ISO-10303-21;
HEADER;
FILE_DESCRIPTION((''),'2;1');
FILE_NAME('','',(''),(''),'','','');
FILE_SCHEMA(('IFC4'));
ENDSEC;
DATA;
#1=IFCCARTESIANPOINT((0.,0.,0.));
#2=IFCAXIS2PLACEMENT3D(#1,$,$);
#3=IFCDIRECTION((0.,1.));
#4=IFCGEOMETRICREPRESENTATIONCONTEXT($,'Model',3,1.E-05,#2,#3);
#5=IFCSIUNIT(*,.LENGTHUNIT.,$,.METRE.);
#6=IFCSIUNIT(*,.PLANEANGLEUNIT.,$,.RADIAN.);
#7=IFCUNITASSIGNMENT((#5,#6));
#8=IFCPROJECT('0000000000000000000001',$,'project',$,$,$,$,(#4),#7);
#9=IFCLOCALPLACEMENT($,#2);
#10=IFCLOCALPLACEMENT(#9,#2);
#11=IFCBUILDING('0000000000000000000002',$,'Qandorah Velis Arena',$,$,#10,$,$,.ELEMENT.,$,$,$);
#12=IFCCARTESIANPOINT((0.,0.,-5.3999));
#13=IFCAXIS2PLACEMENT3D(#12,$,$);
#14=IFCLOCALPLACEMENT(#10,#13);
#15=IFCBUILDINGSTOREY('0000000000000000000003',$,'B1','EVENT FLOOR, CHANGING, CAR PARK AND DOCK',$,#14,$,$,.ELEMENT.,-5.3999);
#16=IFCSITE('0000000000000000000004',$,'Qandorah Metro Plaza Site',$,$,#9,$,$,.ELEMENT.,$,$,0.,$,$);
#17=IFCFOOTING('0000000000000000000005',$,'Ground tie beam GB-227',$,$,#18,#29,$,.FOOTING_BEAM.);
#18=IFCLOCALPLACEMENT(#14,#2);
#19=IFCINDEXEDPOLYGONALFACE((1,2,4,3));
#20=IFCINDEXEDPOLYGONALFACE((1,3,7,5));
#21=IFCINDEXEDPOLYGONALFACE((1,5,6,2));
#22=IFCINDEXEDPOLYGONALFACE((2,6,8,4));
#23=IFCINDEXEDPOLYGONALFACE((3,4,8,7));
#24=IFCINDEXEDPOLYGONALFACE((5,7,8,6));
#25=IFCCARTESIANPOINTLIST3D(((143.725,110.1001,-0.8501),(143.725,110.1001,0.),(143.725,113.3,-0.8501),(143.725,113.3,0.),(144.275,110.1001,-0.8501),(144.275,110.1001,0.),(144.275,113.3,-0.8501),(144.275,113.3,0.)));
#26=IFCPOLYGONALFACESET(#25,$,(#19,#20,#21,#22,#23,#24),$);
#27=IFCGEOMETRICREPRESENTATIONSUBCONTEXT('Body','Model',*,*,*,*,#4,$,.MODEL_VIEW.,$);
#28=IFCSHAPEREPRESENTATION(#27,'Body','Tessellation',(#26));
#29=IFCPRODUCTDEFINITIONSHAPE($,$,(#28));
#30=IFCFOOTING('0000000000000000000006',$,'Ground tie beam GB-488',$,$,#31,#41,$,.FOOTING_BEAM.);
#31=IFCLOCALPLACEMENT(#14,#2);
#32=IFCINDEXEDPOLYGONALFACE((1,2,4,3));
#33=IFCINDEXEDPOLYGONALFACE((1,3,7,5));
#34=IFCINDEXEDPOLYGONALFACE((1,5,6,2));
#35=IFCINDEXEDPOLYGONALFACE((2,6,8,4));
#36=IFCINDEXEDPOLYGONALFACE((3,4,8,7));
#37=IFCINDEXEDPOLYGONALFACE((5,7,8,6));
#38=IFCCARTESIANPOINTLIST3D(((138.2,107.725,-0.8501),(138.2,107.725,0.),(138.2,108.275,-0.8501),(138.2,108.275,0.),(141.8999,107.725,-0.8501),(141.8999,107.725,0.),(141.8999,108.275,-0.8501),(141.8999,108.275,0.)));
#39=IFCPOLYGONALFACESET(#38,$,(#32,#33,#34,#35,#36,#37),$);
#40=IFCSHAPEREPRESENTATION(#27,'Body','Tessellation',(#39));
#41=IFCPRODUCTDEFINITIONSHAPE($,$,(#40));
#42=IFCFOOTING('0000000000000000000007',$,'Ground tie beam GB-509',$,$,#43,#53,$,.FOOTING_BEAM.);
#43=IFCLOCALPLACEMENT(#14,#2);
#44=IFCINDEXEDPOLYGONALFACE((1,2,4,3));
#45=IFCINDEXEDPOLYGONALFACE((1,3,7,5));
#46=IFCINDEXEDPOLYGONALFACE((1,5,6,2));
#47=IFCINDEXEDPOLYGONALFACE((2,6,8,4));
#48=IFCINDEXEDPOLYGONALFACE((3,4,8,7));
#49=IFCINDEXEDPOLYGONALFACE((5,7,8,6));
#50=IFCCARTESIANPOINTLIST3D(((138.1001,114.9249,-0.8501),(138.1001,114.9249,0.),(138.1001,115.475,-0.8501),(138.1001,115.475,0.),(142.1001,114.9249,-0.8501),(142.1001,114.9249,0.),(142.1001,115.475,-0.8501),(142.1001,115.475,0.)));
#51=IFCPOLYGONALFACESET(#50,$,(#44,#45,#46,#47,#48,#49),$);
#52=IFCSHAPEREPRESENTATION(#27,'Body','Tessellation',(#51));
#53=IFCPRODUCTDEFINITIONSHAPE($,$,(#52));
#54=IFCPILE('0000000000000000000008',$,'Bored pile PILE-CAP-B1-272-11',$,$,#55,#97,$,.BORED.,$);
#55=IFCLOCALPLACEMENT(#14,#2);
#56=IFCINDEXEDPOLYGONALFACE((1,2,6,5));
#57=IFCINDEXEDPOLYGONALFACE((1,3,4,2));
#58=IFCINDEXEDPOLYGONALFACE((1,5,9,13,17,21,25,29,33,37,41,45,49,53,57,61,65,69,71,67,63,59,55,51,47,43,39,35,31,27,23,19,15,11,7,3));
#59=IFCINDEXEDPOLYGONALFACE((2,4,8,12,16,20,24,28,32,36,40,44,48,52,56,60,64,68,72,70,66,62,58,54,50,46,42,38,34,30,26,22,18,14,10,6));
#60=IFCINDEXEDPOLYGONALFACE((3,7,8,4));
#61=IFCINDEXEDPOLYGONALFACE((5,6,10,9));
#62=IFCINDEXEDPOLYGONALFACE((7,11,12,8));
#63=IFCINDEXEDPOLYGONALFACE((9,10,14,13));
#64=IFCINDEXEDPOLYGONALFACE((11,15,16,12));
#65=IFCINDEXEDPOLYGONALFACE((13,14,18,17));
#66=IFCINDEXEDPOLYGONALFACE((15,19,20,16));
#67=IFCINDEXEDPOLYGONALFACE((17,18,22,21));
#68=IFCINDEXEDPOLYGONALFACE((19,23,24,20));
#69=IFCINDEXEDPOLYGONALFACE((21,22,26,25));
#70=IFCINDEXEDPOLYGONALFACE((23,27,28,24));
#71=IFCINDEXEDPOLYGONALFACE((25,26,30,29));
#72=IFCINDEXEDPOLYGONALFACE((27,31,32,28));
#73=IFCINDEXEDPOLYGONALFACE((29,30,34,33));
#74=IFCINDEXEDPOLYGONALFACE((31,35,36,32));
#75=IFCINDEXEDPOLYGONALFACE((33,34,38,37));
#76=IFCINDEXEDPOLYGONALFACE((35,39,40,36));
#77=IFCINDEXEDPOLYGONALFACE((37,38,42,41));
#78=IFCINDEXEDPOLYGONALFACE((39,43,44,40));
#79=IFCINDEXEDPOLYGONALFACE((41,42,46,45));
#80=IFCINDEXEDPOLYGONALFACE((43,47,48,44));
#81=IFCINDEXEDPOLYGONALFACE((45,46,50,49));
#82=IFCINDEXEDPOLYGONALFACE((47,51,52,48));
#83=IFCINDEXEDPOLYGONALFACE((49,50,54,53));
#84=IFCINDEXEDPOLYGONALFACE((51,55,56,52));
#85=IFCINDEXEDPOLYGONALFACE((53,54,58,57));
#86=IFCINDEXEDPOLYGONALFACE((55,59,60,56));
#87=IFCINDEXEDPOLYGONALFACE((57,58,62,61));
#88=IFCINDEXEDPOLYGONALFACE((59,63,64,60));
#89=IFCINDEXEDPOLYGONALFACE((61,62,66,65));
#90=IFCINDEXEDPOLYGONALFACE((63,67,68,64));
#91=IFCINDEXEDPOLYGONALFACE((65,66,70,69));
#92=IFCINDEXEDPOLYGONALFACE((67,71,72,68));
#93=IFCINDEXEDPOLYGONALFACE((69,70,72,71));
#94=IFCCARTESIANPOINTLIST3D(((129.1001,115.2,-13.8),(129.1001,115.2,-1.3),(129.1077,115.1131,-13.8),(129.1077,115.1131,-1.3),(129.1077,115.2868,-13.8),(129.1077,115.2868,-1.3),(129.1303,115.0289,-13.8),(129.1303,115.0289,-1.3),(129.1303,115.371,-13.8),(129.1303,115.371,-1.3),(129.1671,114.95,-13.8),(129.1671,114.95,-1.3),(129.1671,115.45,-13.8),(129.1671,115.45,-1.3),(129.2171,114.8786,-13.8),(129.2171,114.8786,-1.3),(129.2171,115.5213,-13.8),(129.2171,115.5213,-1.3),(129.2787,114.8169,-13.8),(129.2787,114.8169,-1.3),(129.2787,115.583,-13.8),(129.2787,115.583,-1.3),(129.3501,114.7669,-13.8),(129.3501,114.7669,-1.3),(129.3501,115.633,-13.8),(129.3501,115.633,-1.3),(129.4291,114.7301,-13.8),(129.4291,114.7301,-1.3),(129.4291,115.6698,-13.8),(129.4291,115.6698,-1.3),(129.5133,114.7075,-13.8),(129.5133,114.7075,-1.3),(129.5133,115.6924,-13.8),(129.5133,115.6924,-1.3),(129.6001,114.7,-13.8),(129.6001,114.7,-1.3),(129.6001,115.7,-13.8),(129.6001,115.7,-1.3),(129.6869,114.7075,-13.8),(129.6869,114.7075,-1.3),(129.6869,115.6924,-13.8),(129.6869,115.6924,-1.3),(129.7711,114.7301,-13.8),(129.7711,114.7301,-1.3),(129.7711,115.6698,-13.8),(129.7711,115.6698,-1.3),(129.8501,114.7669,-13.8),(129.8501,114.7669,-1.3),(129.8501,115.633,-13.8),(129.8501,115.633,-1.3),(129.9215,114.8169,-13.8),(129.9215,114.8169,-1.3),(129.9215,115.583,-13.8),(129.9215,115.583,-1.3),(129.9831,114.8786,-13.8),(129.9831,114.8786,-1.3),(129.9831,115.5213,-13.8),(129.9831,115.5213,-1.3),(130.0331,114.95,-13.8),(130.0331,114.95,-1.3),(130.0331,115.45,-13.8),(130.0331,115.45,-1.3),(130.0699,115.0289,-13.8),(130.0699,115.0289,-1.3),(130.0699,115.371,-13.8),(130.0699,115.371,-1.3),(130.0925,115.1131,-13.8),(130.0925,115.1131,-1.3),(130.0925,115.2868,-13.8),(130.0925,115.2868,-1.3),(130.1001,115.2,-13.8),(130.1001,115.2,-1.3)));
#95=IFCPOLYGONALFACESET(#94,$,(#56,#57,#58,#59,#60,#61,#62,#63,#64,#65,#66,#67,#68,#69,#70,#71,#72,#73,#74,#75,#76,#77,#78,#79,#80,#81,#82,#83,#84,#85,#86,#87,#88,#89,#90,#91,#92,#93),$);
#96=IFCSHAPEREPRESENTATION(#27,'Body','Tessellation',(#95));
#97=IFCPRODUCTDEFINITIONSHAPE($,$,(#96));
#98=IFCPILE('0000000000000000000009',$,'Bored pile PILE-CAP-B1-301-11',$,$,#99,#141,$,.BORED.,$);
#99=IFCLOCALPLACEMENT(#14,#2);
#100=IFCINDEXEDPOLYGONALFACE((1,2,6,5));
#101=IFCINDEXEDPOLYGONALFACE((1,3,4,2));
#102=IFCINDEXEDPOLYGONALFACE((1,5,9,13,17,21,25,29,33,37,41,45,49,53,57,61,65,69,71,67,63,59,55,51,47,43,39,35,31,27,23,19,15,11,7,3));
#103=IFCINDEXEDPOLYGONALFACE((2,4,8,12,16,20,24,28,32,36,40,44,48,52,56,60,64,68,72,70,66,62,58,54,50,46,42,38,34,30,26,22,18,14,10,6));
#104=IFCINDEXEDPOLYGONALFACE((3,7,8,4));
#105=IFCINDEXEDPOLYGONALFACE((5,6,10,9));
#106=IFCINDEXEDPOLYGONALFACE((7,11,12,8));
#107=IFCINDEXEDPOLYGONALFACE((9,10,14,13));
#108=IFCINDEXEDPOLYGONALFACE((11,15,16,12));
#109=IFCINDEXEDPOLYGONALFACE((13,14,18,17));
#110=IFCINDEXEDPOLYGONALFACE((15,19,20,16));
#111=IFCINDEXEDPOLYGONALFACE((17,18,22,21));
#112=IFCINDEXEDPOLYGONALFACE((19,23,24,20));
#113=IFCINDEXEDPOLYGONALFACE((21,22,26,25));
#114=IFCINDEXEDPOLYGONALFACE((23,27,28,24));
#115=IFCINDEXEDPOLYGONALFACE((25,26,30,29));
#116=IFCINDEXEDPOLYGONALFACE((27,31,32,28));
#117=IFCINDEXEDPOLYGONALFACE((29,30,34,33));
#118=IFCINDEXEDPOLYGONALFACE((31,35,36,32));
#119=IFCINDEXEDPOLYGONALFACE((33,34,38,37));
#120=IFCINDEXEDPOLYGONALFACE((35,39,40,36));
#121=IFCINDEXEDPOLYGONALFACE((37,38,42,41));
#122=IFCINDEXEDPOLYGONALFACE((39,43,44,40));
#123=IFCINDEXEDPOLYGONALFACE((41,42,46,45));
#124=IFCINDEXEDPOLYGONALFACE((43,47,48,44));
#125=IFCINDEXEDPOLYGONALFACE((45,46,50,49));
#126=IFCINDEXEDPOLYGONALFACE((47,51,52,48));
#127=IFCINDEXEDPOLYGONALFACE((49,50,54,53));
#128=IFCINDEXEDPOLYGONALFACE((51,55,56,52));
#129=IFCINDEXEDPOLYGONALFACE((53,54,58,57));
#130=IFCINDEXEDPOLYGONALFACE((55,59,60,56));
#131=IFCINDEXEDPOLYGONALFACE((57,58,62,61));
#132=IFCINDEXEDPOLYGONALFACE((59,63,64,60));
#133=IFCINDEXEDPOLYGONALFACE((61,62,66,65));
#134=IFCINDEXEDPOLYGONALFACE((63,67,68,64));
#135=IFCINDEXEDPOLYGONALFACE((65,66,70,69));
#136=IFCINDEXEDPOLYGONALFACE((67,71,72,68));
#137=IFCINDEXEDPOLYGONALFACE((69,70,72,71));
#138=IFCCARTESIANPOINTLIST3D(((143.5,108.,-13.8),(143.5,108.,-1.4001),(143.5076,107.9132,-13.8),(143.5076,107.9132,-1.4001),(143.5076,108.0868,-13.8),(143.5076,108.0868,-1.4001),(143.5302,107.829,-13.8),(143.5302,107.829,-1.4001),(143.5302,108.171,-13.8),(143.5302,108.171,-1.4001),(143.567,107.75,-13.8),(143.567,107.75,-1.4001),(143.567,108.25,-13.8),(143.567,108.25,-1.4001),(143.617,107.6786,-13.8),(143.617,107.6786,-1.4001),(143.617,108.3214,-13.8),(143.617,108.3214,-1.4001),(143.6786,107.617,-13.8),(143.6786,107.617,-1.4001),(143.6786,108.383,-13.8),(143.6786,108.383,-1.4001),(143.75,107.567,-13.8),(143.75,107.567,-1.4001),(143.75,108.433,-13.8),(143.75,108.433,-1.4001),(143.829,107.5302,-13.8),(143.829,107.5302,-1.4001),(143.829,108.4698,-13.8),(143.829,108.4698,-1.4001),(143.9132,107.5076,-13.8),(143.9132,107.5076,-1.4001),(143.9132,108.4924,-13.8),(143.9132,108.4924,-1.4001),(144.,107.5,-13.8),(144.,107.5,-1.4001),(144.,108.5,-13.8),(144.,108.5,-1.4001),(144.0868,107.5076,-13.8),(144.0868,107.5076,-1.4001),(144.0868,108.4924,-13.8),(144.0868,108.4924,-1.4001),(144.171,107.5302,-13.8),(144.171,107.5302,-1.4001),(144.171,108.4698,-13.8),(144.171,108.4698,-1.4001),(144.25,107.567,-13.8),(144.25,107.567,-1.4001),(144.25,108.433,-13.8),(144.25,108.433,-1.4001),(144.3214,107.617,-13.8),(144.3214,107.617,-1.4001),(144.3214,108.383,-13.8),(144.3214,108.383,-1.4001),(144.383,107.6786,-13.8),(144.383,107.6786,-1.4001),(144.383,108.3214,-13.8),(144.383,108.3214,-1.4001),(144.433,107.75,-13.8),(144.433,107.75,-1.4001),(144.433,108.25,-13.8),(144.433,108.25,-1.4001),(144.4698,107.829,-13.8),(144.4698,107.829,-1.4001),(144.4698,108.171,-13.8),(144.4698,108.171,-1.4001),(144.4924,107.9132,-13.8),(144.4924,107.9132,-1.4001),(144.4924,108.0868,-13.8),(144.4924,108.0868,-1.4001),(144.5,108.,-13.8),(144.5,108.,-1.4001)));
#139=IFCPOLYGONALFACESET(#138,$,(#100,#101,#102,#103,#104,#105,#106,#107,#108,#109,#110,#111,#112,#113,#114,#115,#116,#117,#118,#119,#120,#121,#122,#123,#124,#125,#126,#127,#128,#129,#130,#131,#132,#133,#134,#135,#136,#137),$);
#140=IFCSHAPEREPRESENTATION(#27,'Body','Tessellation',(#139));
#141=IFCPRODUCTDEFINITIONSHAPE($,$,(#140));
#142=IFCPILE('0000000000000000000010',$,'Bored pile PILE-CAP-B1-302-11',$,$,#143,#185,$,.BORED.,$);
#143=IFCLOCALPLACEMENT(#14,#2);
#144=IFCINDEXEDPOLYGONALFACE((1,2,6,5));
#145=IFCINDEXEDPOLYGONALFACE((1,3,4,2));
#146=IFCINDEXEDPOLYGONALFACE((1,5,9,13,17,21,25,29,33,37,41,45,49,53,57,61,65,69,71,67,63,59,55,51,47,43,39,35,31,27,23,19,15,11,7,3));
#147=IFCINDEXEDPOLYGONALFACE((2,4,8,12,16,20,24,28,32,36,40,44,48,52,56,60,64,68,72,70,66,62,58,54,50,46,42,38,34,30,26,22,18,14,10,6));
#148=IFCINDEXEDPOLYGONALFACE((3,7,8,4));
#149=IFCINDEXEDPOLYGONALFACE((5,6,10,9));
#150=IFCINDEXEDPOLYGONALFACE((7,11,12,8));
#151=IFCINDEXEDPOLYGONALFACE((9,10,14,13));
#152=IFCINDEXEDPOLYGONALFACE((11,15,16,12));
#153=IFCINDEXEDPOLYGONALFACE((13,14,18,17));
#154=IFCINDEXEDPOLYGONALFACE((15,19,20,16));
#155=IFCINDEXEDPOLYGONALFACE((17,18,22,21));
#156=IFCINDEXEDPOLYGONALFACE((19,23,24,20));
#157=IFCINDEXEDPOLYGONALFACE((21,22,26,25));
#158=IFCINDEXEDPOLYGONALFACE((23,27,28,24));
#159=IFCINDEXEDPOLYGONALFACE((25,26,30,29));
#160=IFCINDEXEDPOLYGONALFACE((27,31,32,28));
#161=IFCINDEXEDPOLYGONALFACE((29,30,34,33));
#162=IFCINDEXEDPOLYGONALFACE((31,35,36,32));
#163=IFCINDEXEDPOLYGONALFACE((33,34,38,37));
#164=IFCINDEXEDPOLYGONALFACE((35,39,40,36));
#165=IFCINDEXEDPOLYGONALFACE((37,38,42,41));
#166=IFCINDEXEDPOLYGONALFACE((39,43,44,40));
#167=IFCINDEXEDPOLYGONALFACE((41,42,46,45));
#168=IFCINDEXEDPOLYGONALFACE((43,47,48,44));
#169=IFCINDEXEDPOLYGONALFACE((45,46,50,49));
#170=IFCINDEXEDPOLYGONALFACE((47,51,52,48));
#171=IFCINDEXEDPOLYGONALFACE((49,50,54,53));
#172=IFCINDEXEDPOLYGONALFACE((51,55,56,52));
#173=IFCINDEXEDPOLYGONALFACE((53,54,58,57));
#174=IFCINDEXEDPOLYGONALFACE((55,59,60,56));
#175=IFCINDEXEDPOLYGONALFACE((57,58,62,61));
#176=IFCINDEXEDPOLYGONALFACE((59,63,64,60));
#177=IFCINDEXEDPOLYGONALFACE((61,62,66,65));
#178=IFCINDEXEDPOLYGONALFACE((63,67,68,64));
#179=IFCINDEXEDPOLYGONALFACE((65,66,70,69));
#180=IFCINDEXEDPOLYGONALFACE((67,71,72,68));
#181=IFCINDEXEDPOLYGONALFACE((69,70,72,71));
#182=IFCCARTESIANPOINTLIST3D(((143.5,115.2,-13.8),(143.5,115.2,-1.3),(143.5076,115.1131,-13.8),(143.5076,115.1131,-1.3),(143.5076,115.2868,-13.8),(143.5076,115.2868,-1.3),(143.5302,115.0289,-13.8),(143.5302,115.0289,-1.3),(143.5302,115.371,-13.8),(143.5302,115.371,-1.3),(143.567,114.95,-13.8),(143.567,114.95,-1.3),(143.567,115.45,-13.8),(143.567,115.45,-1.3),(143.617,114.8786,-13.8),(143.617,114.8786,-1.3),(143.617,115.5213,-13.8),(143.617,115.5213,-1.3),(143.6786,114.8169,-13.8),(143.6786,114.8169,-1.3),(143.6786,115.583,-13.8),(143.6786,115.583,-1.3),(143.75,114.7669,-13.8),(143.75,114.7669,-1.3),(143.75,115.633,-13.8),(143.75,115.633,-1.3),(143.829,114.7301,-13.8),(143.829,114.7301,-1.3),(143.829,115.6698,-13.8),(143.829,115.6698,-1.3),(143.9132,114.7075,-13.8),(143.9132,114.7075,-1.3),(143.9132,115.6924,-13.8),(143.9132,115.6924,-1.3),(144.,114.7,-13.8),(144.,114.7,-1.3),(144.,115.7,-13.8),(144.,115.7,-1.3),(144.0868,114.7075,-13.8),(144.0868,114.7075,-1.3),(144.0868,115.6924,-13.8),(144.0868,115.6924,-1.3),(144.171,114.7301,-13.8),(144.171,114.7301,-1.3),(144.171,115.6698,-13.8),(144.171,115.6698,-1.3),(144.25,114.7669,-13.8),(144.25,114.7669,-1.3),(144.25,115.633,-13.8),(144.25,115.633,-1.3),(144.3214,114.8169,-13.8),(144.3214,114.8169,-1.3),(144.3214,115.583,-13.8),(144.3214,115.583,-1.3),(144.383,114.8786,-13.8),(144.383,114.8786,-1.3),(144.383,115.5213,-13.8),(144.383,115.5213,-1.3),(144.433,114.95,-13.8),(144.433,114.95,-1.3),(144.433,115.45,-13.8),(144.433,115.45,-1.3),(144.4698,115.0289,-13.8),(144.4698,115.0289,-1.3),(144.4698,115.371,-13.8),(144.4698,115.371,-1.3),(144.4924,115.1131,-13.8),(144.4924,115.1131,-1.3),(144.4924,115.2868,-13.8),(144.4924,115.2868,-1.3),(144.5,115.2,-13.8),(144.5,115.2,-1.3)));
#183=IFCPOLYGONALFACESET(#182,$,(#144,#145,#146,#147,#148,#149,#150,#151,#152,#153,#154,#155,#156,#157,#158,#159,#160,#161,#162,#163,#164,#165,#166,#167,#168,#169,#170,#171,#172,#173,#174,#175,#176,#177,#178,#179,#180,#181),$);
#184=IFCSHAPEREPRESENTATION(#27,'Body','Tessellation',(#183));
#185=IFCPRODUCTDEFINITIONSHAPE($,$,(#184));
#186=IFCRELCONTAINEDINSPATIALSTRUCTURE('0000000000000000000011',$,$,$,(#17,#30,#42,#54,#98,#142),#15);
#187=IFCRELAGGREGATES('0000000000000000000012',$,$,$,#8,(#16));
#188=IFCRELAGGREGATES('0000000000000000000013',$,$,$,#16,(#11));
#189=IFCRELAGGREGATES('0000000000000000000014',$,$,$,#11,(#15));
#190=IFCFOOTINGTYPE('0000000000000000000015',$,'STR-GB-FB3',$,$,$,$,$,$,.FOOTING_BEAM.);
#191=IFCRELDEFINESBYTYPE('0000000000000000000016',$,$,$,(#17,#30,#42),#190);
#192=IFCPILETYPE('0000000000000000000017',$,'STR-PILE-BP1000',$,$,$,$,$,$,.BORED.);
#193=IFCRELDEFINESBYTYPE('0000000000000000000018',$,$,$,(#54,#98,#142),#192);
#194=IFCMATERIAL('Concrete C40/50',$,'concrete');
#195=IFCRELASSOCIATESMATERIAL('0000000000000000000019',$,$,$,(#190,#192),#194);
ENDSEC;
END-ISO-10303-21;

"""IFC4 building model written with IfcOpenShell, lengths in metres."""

from ifc_helpers import new_model, si_unit, direction, frame, origin, origin_2d, place, context, subcontext, project, spatial, rectangle, circle, extrude, material, material_profile, profile_set, type_object, element, save


model = new_model("IFC4")

# Units and contexts
model_context = context("Model", 3, precision=1e-05, world=origin(), true_north=direction((0.0, 1.0)))
body_context = subcontext(model_context, "Body", "Model", "MODEL_VIEW")
ifc_project = project(units=[si_unit("LENGTHUNIT", "METRE"), si_unit("PLANEANGLEUNIT", "RADIAN")], contexts=[model_context])

# Site, building, storey
site_placement = place(None, origin())
site = spatial("IfcSite", under=ifc_project, at=site_placement, Name="Qandorah Metro Plaza Site", CompositionType="ELEMENT", RefElevation=0.0)
building_placement = place(site_placement, origin())
building = spatial("IfcBuilding", under=site, at=building_placement, Name="Qandorah Velis Arena", CompositionType="ELEMENT")
storey_placement = place(building_placement, frame((0.0, 0.0, -5.3999)))
storey = spatial("IfcBuildingStorey", under=building, at=storey_placement, Name="B1", Description="EVENT FLOOR, CHANGING, CAR PARK AND DOCK", CompositionType="ELEMENT", Elevation=-5.3999)

# Footings
ifc_material_1 = material(Name="Concrete C40/50", Category="concrete")
ifc_material_profile_1 = material_profile(ifc_material_1, rectangle(XDim=0.55, YDim=0.8501, at=origin_2d()), Name="GB3 550x850")
ifc_profile_set_1 = profile_set([ifc_material_profile_1], Name="Concrete C40/50")
footing_type_1 = type_object("IfcFootingType", Name="STR-GB-FB3", PredefinedType="FOOTING_BEAM", material=ifc_profile_set_1)
footing_1_placement = place(storey_placement, frame((144.0, 110.1001, -0.425), z_axis=(0.0, 1.0, 0.0), x_axis=(-1.0, 0.0, 0.0)))
element("IfcFooting", 1, at=footing_1_placement, inside=storey, type_object=footing_type_1, Name="Ground tie beam GB-227", PredefinedType="FOOTING_BEAM", context=body_context, shape_type="SweptSolid", body=[
    extrude(rectangle(XDim=0.55, YDim=0.8501, at=origin_2d()), origin(), (0.0, 0.0, 1.0), 3.2),
])
footing_2_placement = place(storey_placement, frame((138.2, 108.0, -0.425), z_axis=(1.0, 0.0, 0.0), x_axis=(0.0, 1.0, 0.0)))
element("IfcFooting", 2, at=footing_2_placement, inside=storey, type_object=footing_type_1, Name="Ground tie beam GB-488", PredefinedType="FOOTING_BEAM", context=body_context, shape_type="SweptSolid", body=[
    extrude(rectangle(XDim=0.55, YDim=0.8501, at=origin_2d()), origin(), (0.0, 0.0, 1.0), 3.7),
])
footing_3_placement = place(storey_placement, frame((138.1001, 115.2, -0.425), z_axis=(1.0, 0.0, 0.0), x_axis=(0.0, 1.0, 0.0)))
element("IfcFooting", 3, at=footing_3_placement, inside=storey, type_object=footing_type_1, Name="Ground tie beam GB-509", PredefinedType="FOOTING_BEAM", context=body_context, shape_type="SweptSolid", body=[
    extrude(rectangle(XDim=0.55, YDim=0.8501, at=origin_2d()), origin(), (0.0, 0.0, 1.0), 4.0),
])

# Piles
ifc_material_profile_2 = material_profile(ifc_material_1, circle(Radius=0.5, at=origin_2d()), Name="BORED PILE D1000")
ifc_profile_set_2 = profile_set([ifc_material_profile_2], Name="Concrete C40/50")
pile_type_1 = type_object("IfcPileType", Name="STR-PILE-BP1000", PredefinedType="BORED", material=ifc_profile_set_2)
pile_1_placement = place(storey_placement, frame((129.6001, 115.2, -1.3), z_axis=(0.0, 0.0, -1.0), x_axis=(1.0, 0.0, 0.0)))
element("IfcPile", 4, at=pile_1_placement, inside=storey, type_object=pile_type_1, Name="Bored pile PILE-CAP-B1-272-11", PredefinedType="BORED", context=body_context, shape_type="SweptSolid", body=[
    extrude(circle(Radius=0.5, at=origin_2d()), origin(), (0.0, 0.0, 1.0), 12.5),
])
pile_2_placement = place(storey_placement, frame((144.0, 108.0, -1.4001), z_axis=(0.0, 0.0, -1.0), x_axis=(1.0, 0.0, 0.0)))
element("IfcPile", 5, at=pile_2_placement, inside=storey, type_object=pile_type_1, Name="Bored pile PILE-CAP-B1-301-11", PredefinedType="BORED", context=body_context, shape_type="SweptSolid", body=[
    extrude(circle(Radius=0.5, at=origin_2d()), origin(), (0.0, 0.0, 1.0), 12.3999),
])
pile_3_placement = place(storey_placement, frame((144.0, 115.2, -1.3), z_axis=(0.0, 0.0, -1.0), x_axis=(1.0, 0.0, 0.0)))
element("IfcPile", 6, at=pile_3_placement, inside=storey, type_object=pile_type_1, Name="Bored pile PILE-CAP-B1-302-11", PredefinedType="BORED", context=body_context, shape_type="SweptSolid", body=[
    extrude(circle(Radius=0.5, at=origin_2d()), origin(), (0.0, 0.0, 1.0), 12.5),
])

save(model, "model.ifc")
